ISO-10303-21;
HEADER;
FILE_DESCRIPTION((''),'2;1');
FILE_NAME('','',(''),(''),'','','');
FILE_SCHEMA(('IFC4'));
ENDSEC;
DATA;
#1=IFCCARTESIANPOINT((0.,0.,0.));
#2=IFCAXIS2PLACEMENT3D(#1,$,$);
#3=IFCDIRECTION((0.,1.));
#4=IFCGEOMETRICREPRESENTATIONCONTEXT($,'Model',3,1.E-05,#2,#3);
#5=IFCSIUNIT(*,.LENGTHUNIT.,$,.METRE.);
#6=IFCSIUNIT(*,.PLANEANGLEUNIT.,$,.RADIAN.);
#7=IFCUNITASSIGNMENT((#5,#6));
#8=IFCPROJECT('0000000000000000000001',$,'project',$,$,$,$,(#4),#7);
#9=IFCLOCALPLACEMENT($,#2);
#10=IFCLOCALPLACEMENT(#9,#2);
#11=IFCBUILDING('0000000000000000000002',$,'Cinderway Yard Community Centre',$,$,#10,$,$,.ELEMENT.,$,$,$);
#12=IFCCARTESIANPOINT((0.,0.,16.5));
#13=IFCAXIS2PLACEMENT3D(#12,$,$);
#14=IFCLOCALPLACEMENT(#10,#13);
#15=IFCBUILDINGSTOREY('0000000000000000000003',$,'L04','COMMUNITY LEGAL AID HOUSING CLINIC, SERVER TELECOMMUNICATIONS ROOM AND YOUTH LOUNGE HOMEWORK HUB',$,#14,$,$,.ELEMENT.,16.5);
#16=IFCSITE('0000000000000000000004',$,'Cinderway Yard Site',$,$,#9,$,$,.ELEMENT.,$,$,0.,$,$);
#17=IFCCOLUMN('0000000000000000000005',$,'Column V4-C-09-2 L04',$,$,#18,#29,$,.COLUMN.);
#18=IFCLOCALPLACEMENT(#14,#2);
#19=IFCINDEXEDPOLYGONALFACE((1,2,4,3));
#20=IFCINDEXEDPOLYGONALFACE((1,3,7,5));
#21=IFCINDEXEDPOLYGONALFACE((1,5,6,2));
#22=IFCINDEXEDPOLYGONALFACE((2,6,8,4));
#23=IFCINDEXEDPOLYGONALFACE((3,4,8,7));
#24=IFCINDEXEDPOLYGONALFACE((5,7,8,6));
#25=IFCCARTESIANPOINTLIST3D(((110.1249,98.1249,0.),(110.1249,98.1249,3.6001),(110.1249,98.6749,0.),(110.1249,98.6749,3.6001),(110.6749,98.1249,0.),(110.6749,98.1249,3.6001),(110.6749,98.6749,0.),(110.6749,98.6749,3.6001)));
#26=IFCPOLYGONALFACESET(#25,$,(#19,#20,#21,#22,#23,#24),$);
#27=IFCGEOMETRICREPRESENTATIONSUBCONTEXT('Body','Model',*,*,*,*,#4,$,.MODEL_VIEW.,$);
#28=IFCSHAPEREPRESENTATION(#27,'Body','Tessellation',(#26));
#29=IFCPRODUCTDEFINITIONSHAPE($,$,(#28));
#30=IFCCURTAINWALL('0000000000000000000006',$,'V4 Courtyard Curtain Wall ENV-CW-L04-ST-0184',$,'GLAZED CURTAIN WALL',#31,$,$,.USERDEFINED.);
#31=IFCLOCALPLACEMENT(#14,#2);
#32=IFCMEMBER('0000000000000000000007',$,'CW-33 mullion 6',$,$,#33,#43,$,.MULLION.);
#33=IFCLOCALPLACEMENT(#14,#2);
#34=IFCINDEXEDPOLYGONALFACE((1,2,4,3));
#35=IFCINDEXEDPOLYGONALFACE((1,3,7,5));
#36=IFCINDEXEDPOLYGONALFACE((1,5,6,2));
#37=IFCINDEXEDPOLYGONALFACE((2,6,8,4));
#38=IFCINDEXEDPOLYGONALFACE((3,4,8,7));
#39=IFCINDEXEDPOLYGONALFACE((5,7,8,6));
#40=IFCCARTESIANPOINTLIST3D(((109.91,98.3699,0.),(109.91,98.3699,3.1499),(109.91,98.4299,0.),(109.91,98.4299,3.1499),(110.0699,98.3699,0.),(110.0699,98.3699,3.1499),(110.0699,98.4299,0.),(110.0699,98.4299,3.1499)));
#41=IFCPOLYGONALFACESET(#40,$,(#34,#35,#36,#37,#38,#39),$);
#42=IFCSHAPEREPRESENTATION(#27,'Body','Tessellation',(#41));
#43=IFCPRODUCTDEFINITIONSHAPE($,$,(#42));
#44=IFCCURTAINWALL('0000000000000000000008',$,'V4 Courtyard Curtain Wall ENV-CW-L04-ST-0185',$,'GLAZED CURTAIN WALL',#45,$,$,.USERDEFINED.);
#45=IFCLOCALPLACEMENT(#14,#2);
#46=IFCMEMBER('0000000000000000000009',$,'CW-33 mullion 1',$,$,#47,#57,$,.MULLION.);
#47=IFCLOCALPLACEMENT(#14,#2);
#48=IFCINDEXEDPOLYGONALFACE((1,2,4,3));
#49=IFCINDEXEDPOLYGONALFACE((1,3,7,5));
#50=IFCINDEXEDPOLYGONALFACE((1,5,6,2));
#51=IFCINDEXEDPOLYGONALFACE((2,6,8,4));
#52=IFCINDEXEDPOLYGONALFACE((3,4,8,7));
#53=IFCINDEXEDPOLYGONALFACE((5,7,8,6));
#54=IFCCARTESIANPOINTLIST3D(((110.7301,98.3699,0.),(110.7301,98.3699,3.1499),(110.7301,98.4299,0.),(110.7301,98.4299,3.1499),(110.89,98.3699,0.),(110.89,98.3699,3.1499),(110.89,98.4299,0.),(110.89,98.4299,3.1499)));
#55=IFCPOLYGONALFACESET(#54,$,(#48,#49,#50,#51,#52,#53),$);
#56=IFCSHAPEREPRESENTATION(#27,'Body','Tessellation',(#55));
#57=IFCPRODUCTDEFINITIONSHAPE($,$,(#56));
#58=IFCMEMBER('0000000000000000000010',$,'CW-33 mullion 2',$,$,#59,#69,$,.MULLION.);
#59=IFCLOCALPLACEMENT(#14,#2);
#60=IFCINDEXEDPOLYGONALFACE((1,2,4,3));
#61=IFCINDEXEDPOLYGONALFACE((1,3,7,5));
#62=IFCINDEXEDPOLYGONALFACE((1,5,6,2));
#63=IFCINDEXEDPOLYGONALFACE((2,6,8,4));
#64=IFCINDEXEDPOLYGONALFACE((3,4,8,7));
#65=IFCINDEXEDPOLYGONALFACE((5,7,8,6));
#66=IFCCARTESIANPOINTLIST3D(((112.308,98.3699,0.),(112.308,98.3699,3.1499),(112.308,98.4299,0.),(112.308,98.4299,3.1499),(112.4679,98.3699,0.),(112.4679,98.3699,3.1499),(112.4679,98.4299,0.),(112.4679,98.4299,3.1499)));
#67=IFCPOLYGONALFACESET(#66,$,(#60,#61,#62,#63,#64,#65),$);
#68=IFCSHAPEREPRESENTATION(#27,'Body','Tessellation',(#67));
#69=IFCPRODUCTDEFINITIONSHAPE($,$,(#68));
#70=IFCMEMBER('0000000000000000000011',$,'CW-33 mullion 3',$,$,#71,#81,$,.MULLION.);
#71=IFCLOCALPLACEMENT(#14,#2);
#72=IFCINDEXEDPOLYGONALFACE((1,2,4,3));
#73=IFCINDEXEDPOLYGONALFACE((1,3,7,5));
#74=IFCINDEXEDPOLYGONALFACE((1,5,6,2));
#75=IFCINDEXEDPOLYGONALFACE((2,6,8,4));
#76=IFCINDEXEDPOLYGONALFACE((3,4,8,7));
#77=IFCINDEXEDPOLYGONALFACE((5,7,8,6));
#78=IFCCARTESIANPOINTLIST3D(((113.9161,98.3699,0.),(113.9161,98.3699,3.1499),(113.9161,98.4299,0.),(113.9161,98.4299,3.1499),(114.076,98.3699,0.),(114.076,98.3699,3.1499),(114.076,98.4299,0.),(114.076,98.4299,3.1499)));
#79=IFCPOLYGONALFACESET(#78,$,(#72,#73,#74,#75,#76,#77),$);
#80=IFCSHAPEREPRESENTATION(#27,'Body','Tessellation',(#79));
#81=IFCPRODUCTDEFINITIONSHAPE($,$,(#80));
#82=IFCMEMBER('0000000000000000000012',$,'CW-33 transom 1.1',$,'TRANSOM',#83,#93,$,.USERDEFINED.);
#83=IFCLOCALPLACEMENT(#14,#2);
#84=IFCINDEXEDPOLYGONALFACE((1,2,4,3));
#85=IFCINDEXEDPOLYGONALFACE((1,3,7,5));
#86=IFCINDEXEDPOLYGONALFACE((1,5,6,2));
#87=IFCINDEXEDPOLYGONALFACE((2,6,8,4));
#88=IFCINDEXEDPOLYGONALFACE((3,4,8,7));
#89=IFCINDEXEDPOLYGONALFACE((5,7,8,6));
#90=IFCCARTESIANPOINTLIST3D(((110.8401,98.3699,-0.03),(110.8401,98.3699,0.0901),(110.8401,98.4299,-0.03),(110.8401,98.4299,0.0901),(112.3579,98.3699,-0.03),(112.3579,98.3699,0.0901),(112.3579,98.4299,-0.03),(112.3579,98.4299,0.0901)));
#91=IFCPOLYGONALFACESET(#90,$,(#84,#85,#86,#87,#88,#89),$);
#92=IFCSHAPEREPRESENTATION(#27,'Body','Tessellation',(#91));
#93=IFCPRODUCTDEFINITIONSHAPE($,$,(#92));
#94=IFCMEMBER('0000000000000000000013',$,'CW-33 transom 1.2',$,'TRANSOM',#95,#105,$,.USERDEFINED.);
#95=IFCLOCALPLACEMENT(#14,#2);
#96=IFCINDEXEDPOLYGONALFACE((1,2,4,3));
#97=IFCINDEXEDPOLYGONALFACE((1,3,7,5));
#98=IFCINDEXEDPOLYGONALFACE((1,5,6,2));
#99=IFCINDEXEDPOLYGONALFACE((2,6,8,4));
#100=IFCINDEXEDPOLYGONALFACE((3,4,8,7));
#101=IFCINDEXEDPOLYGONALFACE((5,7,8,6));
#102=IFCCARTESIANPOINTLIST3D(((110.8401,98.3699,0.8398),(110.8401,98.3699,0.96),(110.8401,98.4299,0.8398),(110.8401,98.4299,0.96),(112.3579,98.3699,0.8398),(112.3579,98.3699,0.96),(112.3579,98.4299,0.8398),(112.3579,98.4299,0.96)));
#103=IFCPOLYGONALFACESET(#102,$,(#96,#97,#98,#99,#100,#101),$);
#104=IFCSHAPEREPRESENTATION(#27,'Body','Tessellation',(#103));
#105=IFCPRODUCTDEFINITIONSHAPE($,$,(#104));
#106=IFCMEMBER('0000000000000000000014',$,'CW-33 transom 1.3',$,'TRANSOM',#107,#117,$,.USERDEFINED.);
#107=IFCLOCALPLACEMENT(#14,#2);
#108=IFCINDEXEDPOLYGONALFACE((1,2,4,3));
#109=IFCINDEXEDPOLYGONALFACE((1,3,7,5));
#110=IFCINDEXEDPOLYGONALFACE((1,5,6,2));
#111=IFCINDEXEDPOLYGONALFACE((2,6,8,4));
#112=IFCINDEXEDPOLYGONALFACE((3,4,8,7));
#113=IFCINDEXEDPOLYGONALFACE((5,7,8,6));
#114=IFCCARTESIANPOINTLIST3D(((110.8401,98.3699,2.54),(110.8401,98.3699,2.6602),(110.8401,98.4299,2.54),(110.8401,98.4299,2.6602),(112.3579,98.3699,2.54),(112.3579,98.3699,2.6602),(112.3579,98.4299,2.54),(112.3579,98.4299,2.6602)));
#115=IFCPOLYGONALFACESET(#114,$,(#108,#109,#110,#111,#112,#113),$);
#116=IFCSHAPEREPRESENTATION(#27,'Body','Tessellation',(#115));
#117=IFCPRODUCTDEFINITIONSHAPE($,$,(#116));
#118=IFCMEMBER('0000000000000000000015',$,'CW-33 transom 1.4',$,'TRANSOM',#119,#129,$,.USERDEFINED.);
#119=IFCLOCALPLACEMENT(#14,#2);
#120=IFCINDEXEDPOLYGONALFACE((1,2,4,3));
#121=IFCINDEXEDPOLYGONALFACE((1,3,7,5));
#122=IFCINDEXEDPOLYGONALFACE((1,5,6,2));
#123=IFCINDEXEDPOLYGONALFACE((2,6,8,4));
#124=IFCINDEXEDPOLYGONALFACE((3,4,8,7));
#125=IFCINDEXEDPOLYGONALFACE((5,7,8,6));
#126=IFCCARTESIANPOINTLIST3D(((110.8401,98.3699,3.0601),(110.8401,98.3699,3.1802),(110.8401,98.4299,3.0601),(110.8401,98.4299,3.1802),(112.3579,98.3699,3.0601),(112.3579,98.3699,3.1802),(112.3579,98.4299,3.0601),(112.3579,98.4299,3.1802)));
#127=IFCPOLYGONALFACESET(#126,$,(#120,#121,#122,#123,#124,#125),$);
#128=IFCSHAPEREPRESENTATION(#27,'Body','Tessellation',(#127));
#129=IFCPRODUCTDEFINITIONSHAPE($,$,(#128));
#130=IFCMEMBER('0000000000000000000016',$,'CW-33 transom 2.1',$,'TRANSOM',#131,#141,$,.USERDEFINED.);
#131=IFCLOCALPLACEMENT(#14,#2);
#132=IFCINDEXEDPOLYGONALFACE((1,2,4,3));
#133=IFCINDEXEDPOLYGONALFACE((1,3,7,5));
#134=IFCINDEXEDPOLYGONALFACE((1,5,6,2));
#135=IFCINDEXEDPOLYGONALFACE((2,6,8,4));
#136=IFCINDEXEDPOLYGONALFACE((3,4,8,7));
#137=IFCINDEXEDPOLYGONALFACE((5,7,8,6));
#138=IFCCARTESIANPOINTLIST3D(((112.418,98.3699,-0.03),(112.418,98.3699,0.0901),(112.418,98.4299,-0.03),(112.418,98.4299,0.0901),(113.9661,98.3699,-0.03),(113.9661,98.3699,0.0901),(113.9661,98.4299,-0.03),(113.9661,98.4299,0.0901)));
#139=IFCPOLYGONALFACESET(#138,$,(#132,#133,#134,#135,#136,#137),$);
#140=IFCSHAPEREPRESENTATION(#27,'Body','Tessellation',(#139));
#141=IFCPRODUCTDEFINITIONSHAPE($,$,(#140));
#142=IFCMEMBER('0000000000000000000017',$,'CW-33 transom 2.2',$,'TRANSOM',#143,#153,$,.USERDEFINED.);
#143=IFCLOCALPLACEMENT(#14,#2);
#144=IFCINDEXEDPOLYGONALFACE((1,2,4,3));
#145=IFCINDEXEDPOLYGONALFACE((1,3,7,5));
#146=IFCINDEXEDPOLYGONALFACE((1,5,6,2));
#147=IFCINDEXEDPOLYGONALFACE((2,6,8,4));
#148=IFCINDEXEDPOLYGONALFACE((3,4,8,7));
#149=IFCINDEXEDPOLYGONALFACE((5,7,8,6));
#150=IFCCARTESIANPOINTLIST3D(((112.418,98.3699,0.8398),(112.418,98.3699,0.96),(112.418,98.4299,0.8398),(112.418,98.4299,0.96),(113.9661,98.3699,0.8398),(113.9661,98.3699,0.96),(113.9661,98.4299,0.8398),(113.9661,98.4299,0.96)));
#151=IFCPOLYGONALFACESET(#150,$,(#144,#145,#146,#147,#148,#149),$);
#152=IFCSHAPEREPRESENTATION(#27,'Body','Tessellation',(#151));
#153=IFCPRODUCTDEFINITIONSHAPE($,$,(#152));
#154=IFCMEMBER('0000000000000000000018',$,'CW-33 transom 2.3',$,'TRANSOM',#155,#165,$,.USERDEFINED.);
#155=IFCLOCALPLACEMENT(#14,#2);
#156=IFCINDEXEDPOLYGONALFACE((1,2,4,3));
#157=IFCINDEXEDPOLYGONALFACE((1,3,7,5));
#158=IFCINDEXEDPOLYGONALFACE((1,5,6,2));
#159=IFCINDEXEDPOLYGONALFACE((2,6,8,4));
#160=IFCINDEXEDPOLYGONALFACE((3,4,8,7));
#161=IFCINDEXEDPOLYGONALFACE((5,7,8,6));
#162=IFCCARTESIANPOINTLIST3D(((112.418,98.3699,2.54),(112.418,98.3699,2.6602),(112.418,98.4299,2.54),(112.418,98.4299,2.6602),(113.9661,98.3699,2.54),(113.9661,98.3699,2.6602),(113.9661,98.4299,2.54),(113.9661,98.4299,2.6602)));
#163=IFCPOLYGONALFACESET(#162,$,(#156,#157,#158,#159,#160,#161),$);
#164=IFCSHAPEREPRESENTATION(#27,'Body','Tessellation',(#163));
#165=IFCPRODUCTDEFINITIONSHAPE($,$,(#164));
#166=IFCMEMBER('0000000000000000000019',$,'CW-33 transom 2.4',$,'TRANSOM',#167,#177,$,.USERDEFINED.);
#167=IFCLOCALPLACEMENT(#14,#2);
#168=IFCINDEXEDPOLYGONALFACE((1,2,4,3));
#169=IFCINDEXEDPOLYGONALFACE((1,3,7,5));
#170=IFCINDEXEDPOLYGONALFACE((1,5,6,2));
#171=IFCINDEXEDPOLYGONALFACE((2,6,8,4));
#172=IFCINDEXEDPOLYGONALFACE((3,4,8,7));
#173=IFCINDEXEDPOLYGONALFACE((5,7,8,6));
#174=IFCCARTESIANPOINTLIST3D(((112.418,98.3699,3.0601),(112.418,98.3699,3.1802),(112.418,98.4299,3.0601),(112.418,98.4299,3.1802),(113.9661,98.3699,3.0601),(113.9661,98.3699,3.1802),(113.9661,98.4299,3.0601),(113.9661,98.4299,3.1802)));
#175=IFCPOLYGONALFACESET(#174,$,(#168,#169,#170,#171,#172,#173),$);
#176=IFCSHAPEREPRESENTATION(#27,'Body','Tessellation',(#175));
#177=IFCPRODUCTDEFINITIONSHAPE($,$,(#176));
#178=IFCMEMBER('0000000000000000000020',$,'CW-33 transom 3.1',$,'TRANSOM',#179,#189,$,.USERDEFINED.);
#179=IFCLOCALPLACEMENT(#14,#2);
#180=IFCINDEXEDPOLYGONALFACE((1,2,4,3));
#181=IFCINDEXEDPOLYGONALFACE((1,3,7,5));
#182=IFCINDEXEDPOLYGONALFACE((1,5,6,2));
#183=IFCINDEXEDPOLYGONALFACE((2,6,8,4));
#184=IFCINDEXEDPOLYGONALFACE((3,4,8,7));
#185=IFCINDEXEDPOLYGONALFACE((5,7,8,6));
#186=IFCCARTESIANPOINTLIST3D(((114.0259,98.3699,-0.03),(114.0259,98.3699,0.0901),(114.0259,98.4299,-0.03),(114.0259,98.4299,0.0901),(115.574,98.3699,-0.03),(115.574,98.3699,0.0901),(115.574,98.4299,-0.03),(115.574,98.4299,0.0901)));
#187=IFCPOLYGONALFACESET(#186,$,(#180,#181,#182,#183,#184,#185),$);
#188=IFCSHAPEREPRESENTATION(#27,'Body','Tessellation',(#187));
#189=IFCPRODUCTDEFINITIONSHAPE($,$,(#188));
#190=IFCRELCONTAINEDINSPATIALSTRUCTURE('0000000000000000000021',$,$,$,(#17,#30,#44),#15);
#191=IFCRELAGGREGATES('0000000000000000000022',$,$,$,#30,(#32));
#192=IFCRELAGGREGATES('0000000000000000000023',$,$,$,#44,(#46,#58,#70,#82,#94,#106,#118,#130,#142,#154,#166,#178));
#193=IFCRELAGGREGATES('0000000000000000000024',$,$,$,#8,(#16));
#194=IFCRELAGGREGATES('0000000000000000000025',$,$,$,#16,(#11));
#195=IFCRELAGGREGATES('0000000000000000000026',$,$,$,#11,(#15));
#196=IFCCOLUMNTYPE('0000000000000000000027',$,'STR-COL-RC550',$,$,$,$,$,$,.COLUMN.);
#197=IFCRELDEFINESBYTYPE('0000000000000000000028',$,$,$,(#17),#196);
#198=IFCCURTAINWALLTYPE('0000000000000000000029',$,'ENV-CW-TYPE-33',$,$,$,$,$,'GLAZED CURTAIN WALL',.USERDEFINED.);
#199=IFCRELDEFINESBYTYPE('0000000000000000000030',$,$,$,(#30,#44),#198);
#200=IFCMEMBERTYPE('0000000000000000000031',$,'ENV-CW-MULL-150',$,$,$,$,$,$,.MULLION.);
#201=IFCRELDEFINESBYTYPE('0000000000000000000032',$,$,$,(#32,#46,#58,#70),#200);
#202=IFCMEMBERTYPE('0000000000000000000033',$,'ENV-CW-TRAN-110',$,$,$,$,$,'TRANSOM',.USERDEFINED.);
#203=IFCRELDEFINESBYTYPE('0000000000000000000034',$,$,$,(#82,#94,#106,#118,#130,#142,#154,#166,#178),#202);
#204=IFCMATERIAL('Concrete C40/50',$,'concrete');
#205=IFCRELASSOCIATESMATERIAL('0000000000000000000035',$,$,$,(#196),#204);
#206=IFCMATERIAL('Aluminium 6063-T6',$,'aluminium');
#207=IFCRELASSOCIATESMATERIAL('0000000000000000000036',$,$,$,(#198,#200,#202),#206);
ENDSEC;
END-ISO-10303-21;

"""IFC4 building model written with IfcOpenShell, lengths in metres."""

from ifc_helpers import new_model, si_unit, direction, frame, origin, origin_2d, place, context, subcontext, project, spatial, rectangle, extrude, material, material_profile, profile_set, type_object, element, aggregate, save


model = new_model("IFC4")

# Units and contexts
model_context = context("Model", 3, precision=1e-05, world=origin(), true_north=direction((0.0, 1.0)))
body_context = subcontext(model_context, "Body", "Model", "MODEL_VIEW")
ifc_project = project(units=[si_unit("LENGTHUNIT", "METRE"), si_unit("PLANEANGLEUNIT", "RADIAN")], contexts=[model_context])

# Site, building, storey
site_placement = place(None, origin())
site = spatial("IfcSite", under=ifc_project, at=site_placement, Name="Cinderway Yard Site", CompositionType="ELEMENT", RefElevation=0.0)
building_placement = place(site_placement, origin())
building = spatial("IfcBuilding", under=site, at=building_placement, Name="Cinderway Yard Community Centre", CompositionType="ELEMENT")
storey_placement = place(building_placement, frame((0.0, 0.0, 16.5)))
storey = spatial("IfcBuildingStorey", under=building, at=storey_placement, Name="L04", Description="COMMUNITY LEGAL AID HOUSING CLINIC, SERVER TELECOMMUNICATIONS ROOM AND YOUTH LOUNGE HOMEWORK HUB", CompositionType="ELEMENT", Elevation=16.5)

# Column
ifc_material_1 = material(Name="Concrete C40/50", Category="concrete")
ifc_material_profile_1 = material_profile(ifc_material_1, rectangle(XDim=0.55, YDim=0.55, at=origin_2d()), Name="Concrete C40/50")
ifc_profile_set_1 = profile_set([ifc_material_profile_1], Name="Concrete C40/50")
column_type = type_object("IfcColumnType", Name="STR-COL-RC550", PredefinedType="COLUMN", material=ifc_profile_set_1)
column_placement = place(storey_placement, frame((110.3999, 98.3999, 0.0), z_axis=(0.0, 0.0, 1.0), x_axis=(1.0, 0.0, 0.0)))
element("IfcColumn", 1, at=column_placement, inside=storey, type_object=column_type, Name="Column V4-C-09-2 L04", PredefinedType="COLUMN", context=body_context, shape_type="SweptSolid", body=[
    extrude(rectangle(XDim=0.55, YDim=0.55, at=origin_2d()), origin(), (0.0, 0.0, 1.0), 3.6001),
])

# Curtain wall, member
ifc_material_2 = material(Name="Aluminium 6063-T6", Category="aluminium")
curtain_wall_type = type_object("IfcCurtainWallType", Name="ENV-CW-TYPE-33", ElementType="GLAZED CURTAIN WALL", PredefinedType="USERDEFINED", material=ifc_material_2)
curtain_wall_1_placement = place(storey_placement, origin())
curtain_wall_1 = element("IfcCurtainWall", 2, at=curtain_wall_1_placement, inside=storey, type_object=curtain_wall_type, Name="V4 Courtyard Curtain Wall ENV-CW-L04-ST-0184", ObjectType="GLAZED CURTAIN WALL", PredefinedType="USERDEFINED")
ifc_material_profile_2 = material_profile(ifc_material_2, rectangle(XDim=0.0601, YDim=0.1599, at=origin_2d()), Name="Aluminium 6063-T6")
ifc_profile_set_2 = profile_set([ifc_material_profile_2], Name="Aluminium 6063-T6")
member_type_1 = type_object("IfcMemberType", Name="ENV-CW-MULL-150", PredefinedType="MULLION", material=ifc_profile_set_2)
member_1_placement = place(storey_placement, frame((109.99, 98.3999, 0.0), z_axis=(0.0, 0.0, 1.0), x_axis=(0.0, 1.0, 0.0)))
member_1 = element("IfcMember", 3, at=member_1_placement, type_object=member_type_1, Name="CW-33 mullion 6", PredefinedType="MULLION", context=body_context, shape_type="SweptSolid", body=[
    extrude(rectangle(XDim=0.0601, YDim=0.1599, at=origin_2d()), origin(), (0.0, 0.0, 1.0), 3.1499),
])

# Curtain wall, members
curtain_wall_2_placement = place(storey_placement, origin())
curtain_wall_2 = element("IfcCurtainWall", 4, at=curtain_wall_2_placement, inside=storey, type_object=curtain_wall_type, Name="V4 Courtyard Curtain Wall ENV-CW-L04-ST-0185", ObjectType="GLAZED CURTAIN WALL", PredefinedType="USERDEFINED")
member_2_placement = place(storey_placement, frame((110.8101, 98.3999, 0.0), z_axis=(0.0, 0.0, 1.0), x_axis=(0.0, 1.0, 0.0)))
member_2 = element("IfcMember", 5, at=member_2_placement, type_object=member_type_1, Name="CW-33 mullion 1", PredefinedType="MULLION", context=body_context, shape_type="SweptSolid", body=[
    extrude(rectangle(XDim=0.0601, YDim=0.1599, at=origin_2d()), origin(), (0.0, 0.0, 1.0), 3.1499),
])
member_3_placement = place(storey_placement, frame((112.3879, 98.3999, 0.0), z_axis=(0.0, 0.0, 1.0), x_axis=(0.0, 1.0, 0.0)))
member_3 = element("IfcMember", 6, at=member_3_placement, type_object=member_type_1, Name="CW-33 mullion 2", PredefinedType="MULLION", context=body_context, shape_type="SweptSolid", body=[
    extrude(rectangle(XDim=0.0601, YDim=0.1599, at=origin_2d()), origin(), (0.0, 0.0, 1.0), 3.1499),
])
member_4_placement = place(storey_placement, frame((113.9961, 98.3999, 0.0), z_axis=(0.0, 0.0, 1.0), x_axis=(0.0, 1.0, 0.0)))
member_4 = element("IfcMember", 7, at=member_4_placement, type_object=member_type_1, Name="CW-33 mullion 3", PredefinedType="MULLION", context=body_context, shape_type="SweptSolid", body=[
    extrude(rectangle(XDim=0.0601, YDim=0.1599, at=origin_2d()), origin(), (0.0, 0.0, 1.0), 3.1499),
])
ifc_material_profile_3 = material_profile(ifc_material_2, rectangle(XDim=0.0601, YDim=0.1201, at=origin_2d()), Name="Aluminium 6063-T6")
ifc_profile_set_3 = profile_set([ifc_material_profile_3], Name="Aluminium 6063-T6")
member_type_2 = type_object("IfcMemberType", Name="ENV-CW-TRAN-110", ElementType="TRANSOM", PredefinedType="USERDEFINED", material=ifc_profile_set_3)
member_5_placement = place(storey_placement, frame((110.8401, 98.3999, 0.03), z_axis=(1.0, 0.0, 0.0), x_axis=(0.0, 1.0, 0.0)))
member_5 = element("IfcMember", 8, at=member_5_placement, type_object=member_type_2, Name="CW-33 transom 1.1", ObjectType="TRANSOM", PredefinedType="USERDEFINED", context=body_context, shape_type="SweptSolid", body=[
    extrude(rectangle(XDim=0.0601, YDim=0.1201, at=origin_2d()), origin(), (0.0, 0.0, 1.0), 1.5178),
])
member_6_placement = place(storey_placement, frame((110.8401, 98.3999, 0.8999), z_axis=(1.0, 0.0, 0.0), x_axis=(0.0, 1.0, 0.0)))
member_6 = element("IfcMember", 9, at=member_6_placement, type_object=member_type_2, Name="CW-33 transom 1.2", ObjectType="TRANSOM", PredefinedType="USERDEFINED", context=body_context, shape_type="SweptSolid", body=[
    extrude(rectangle(XDim=0.0601, YDim=0.1201, at=origin_2d()), origin(), (0.0, 0.0, 1.0), 1.5178),
])
member_7_placement = place(storey_placement, frame((110.8401, 98.3999, 2.6001), z_axis=(1.0, 0.0, 0.0), x_axis=(0.0, 1.0, 0.0)))
member_7 = element("IfcMember", 10, at=member_7_placement, type_object=member_type_2, Name="CW-33 transom 1.3", ObjectType="TRANSOM", PredefinedType="USERDEFINED", context=body_context, shape_type="SweptSolid", body=[
    extrude(rectangle(XDim=0.0601, YDim=0.1201, at=origin_2d()), origin(), (0.0, 0.0, 1.0), 1.5178),
])
member_8_placement = place(storey_placement, frame((110.8401, 98.3999, 3.1201), z_axis=(1.0, 0.0, 0.0), x_axis=(0.0, 1.0, 0.0)))
member_8 = element("IfcMember", 11, at=member_8_placement, type_object=member_type_2, Name="CW-33 transom 1.4", ObjectType="TRANSOM", PredefinedType="USERDEFINED", context=body_context, shape_type="SweptSolid", body=[
    extrude(rectangle(XDim=0.0601, YDim=0.1201, at=origin_2d()), origin(), (0.0, 0.0, 1.0), 1.5178),
])
member_9_placement = place(storey_placement, frame((112.418, 98.3999, 0.03), z_axis=(1.0, 0.0, 0.0), x_axis=(0.0, 1.0, 0.0)))
member_9 = element("IfcMember", 12, at=member_9_placement, type_object=member_type_2, Name="CW-33 transom 2.1", ObjectType="TRANSOM", PredefinedType="USERDEFINED", context=body_context, shape_type="SweptSolid", body=[
    extrude(rectangle(XDim=0.0601, YDim=0.1201, at=origin_2d()), origin(), (0.0, 0.0, 1.0), 1.5481),
])
member_10_placement = place(storey_placement, frame((112.418, 98.3999, 0.8999), z_axis=(1.0, 0.0, 0.0), x_axis=(0.0, 1.0, 0.0)))
member_10 = element("IfcMember", 13, at=member_10_placement, type_object=member_type_2, Name="CW-33 transom 2.2", ObjectType="TRANSOM", PredefinedType="USERDEFINED", context=body_context, shape_type="SweptSolid", body=[
    extrude(rectangle(XDim=0.0601, YDim=0.1201, at=origin_2d()), origin(), (0.0, 0.0, 1.0), 1.5481),
])
member_11_placement = place(storey_placement, frame((112.418, 98.3999, 2.6001), z_axis=(1.0, 0.0, 0.0), x_axis=(0.0, 1.0, 0.0)))
member_11 = element("IfcMember", 14, at=member_11_placement, type_object=member_type_2, Name="CW-33 transom 2.3", ObjectType="TRANSOM", PredefinedType="USERDEFINED", context=body_context, shape_type="SweptSolid", body=[
    extrude(rectangle(XDim=0.0601, YDim=0.1201, at=origin_2d()), origin(), (0.0, 0.0, 1.0), 1.5481),
])
member_12_placement = place(storey_placement, frame((112.418, 98.3999, 3.1201), z_axis=(1.0, 0.0, 0.0), x_axis=(0.0, 1.0, 0.0)))
member_12 = element("IfcMember", 15, at=member_12_placement, type_object=member_type_2, Name="CW-33 transom 2.4", ObjectType="TRANSOM", PredefinedType="USERDEFINED", context=body_context, shape_type="SweptSolid", body=[
    extrude(rectangle(XDim=0.0601, YDim=0.1201, at=origin_2d()), origin(), (0.0, 0.0, 1.0), 1.5481),
])
member_13_placement = place(storey_placement, frame((114.0259, 98.3999, 0.03), z_axis=(1.0, 0.0, 0.0), x_axis=(0.0, 1.0, 0.0)))
member_13 = element("IfcMember", 16, at=member_13_placement, type_object=member_type_2, Name="CW-33 transom 3.1", ObjectType="TRANSOM", PredefinedType="USERDEFINED", context=body_context, shape_type="SweptSolid", body=[
    extrude(rectangle(XDim=0.0601, YDim=0.1201, at=origin_2d()), origin(), (0.0, 0.0, 1.0), 1.5481),
])

aggregate(curtain_wall_1, [member_1])
aggregate(curtain_wall_2, [member_2, member_3, member_4, member_5, member_6, member_7, member_8, member_9, member_10, member_11, member_12, member_13])

save(model, "model.ifc")
